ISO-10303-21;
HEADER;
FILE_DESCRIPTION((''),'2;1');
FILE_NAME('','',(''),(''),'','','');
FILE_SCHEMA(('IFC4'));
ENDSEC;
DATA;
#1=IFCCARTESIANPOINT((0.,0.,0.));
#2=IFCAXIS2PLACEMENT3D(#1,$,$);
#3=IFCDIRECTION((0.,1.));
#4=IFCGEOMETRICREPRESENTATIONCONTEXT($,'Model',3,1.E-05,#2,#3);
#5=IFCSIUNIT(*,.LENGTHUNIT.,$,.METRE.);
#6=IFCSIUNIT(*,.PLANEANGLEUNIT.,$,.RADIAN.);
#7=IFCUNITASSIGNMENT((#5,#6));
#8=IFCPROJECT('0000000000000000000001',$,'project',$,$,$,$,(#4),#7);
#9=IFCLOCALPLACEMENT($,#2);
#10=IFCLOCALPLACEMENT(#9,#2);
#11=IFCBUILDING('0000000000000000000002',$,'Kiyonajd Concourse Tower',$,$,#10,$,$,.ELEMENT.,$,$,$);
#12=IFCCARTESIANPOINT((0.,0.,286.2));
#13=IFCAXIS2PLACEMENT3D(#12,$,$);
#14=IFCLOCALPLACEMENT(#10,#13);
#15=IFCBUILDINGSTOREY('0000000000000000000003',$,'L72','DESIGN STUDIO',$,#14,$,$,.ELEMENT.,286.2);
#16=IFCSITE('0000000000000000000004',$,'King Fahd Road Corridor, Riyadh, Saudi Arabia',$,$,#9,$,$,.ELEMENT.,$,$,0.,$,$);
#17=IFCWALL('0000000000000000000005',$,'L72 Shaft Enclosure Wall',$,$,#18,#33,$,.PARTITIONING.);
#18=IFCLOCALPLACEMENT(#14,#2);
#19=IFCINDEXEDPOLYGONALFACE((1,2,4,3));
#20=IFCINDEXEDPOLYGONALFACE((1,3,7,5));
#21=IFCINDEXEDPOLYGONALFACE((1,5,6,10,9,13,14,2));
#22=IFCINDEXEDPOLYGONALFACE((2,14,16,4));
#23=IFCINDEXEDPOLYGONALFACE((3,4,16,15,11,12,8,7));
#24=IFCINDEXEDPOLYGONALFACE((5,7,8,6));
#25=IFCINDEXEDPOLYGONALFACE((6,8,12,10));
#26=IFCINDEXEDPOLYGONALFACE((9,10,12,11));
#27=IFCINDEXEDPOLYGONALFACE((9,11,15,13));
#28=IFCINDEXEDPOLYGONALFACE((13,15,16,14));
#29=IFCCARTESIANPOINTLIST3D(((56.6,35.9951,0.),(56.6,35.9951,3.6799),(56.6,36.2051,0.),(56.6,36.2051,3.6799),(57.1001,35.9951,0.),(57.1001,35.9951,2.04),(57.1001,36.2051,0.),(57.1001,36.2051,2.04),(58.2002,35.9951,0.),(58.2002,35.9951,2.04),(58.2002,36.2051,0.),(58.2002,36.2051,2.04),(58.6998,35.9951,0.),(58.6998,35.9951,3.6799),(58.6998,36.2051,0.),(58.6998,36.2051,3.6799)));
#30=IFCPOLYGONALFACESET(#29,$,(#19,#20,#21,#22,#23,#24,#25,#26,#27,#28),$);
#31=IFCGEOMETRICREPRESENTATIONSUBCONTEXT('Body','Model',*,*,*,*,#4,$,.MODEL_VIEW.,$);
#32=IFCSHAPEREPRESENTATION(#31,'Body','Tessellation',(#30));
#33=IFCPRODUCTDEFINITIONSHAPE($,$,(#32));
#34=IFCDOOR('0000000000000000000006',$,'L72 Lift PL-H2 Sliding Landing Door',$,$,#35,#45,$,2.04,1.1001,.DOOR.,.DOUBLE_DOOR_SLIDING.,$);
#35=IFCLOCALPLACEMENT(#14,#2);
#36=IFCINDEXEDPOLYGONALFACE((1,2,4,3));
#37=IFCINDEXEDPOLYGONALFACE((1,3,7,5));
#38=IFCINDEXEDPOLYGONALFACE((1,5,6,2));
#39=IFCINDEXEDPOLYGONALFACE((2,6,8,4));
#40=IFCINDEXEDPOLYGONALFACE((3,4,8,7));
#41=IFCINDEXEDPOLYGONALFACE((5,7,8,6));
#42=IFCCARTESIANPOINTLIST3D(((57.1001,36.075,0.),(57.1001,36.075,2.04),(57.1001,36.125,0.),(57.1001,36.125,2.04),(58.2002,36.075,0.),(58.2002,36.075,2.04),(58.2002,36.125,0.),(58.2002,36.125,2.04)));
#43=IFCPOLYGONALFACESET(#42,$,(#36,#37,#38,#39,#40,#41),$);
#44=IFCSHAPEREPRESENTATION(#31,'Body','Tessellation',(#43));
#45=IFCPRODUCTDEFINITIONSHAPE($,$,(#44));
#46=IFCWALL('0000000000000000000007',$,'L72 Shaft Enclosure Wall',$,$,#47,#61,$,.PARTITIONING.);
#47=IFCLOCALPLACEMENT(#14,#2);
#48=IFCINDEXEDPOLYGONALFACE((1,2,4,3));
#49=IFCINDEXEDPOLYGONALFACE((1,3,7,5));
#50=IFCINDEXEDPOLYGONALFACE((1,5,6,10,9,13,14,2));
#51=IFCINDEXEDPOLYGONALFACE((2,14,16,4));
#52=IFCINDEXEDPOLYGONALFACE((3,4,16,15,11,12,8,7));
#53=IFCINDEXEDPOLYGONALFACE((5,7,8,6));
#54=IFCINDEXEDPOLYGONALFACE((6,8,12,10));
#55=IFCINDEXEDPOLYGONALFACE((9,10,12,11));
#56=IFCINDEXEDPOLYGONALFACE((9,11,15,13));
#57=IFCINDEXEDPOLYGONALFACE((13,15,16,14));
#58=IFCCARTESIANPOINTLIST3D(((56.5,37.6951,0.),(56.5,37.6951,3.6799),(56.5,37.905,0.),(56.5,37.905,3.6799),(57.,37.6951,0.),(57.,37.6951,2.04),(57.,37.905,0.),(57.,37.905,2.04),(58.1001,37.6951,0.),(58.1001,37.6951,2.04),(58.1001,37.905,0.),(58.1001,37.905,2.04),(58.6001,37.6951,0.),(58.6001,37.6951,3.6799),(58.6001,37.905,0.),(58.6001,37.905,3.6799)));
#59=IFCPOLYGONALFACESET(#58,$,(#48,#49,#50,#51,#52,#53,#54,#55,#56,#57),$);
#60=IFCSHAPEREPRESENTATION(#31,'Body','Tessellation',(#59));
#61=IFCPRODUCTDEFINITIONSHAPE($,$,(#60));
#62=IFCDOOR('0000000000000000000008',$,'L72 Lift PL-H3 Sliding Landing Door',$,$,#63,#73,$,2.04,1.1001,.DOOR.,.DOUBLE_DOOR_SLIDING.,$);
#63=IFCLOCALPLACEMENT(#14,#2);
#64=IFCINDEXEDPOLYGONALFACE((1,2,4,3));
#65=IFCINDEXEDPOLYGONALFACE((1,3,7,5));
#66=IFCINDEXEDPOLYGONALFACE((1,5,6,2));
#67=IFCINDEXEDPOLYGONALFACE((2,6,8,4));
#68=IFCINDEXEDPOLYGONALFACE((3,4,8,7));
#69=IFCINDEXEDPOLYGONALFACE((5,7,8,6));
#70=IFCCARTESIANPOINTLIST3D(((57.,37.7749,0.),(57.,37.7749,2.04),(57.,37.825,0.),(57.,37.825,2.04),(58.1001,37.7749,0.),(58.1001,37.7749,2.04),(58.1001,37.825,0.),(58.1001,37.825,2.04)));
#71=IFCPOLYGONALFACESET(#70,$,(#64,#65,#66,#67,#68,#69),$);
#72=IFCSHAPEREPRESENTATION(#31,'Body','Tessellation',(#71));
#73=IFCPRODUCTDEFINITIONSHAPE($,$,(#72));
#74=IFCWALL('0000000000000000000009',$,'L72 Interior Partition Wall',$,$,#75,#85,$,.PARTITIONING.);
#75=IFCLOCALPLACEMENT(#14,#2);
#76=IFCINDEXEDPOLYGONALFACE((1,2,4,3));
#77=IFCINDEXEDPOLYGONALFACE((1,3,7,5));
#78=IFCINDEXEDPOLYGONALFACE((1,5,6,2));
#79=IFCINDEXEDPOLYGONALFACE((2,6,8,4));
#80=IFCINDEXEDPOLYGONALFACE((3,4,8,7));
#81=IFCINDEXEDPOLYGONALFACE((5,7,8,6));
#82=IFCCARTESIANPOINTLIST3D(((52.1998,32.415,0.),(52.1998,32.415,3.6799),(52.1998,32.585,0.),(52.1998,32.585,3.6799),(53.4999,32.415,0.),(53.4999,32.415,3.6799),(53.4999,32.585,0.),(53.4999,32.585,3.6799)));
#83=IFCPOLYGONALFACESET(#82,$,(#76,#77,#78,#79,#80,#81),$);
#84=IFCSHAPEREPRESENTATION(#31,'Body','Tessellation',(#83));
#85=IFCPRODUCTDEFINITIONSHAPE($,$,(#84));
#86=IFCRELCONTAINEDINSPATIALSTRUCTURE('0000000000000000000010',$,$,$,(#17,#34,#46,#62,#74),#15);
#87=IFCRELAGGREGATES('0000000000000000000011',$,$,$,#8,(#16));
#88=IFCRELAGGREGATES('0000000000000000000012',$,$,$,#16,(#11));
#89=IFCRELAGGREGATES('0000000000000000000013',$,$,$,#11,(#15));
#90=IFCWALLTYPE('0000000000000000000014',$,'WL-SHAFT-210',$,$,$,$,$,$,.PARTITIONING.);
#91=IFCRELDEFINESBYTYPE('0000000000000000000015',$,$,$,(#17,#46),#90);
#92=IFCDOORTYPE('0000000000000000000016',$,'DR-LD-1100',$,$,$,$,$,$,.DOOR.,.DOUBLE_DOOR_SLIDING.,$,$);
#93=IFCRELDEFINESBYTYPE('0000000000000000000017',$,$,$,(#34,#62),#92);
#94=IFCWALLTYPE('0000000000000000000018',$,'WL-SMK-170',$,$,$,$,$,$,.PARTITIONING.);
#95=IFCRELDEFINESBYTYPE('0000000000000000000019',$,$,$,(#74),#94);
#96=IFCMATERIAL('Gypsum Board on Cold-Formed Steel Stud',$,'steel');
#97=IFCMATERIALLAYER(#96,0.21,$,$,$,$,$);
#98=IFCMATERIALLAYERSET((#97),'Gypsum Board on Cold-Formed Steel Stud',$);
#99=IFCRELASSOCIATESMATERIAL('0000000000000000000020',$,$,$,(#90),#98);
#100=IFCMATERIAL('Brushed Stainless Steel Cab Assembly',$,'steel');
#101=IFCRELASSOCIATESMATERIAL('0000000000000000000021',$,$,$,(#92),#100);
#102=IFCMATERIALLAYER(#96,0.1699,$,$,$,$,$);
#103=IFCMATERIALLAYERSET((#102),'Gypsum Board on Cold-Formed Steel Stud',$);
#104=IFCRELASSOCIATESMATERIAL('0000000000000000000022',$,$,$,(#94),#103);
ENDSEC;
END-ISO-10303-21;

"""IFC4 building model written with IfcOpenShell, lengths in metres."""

from ifc_helpers import new_model, si_unit, direction, frame, frame_2d, origin, place, context, subcontext, project, spatial, rectangle, extrude, material, layer, layer_set, type_object, element, fill, save


model = new_model("IFC4")

# Units and contexts
model_context = context("Model", 3, precision=1e-05, world=origin(), true_north=direction((0.0, 1.0)))
body_context = subcontext(model_context, "Body", "Model", "MODEL_VIEW")
ifc_project = project(units=[si_unit("LENGTHUNIT", "METRE"), si_unit("PLANEANGLEUNIT", "RADIAN")], contexts=[model_context])

# Site, building, storey
site_placement = place(None, origin())
site = spatial("IfcSite", under=ifc_project, at=site_placement, Name="King Fahd Road Corridor, Riyadh, Saudi Arabia", CompositionType="ELEMENT", RefElevation=0.0)
building_placement = place(site_placement, origin())
building = spatial("IfcBuilding", under=site, at=building_placement, Name="Kiyonajd Concourse Tower", CompositionType="ELEMENT")
storey_placement = place(building_placement, frame((0.0, 0.0, 286.2)))
storey = spatial("IfcBuildingStorey", under=building, at=storey_placement, Name="L72", Description="DESIGN STUDIO", CompositionType="ELEMENT", Elevation=286.2)

# Shared definitions
ifc_material_1 = material(Name="Gypsum Board on Cold-Formed Steel Stud", Category="steel")
ifc_layer_1 = layer(ifc_material_1, 0.21)
ifc_layer_set_1 = layer_set([ifc_layer_1], Name="Gypsum Board on Cold-Formed Steel Stud")
wall_type_1 = type_object("IfcWallType", Name="WL-SHAFT-210", PredefinedType="PARTITIONING", material=ifc_layer_set_1)
ifc_material_2 = material(Name="Brushed Stainless Steel Cab Assembly", Category="steel")

# Shared definitions
door_type_1 = type_object("IfcDoorType", Name="DR-LD-1100", OperationType="DOUBLE_DOOR_SLIDING", PredefinedType="DOOR", material=ifc_material_2)

# Walls, openings, doors
wall_1_placement = place(storey_placement, frame((56.6001, 36.1001, 0.0), z_axis=(0.0, 0.0, 1.0), x_axis=(1.0, 0.0, 0.0)))
wall_1 = element("IfcWall", 1, at=wall_1_placement, inside=storey, type_object=wall_type_1, Name="L72 Shaft Enclosure Wall", PredefinedType="PARTITIONING", context=body_context, shape_type="SweptSolid", body=[
    extrude(rectangle(XDim=2.0999, YDim=0.21, at=frame_2d((1.0498, 0.0))), origin(), (0.0, 0.0, 1.0), 3.6799),
])
opening_1_placement = place(wall_1_placement, frame((0.5, 0.0, 0.0)))
opening_1 = element("IfcOpeningElement", 2, at=opening_1_placement, cuts=wall_1, PredefinedType="OPENING", context=body_context, shape_type="SweptSolid", body=[
    extrude(rectangle(XDim=1.1001, YDim=2.04, at=frame_2d((0.55, 1.02))), frame((0.0, 0.115, 0.0), z_axis=(0.0, -1.0, 0.0), x_axis=(1.0, 0.0, 0.0)), (0.0, 0.0, 1.0), 0.23),
])
door_1_placement = place(opening_1_placement, origin())
door_1 = element("IfcDoor", 3, at=door_1_placement, inside=storey, type_object=door_type_1, Name="L72 Lift PL-H2 Sliding Landing Door", OperationType="DOUBLE_DOOR_SLIDING", OverallHeight=2.04, OverallWidth=1.1001, PredefinedType="DOOR", context=body_context, shape_type="SweptSolid", body=[
    extrude(rectangle(XDim=1.1001, YDim=2.04, at=frame_2d((0.55, 1.02))), frame((0.0, 0.0249, 0.0), z_axis=(0.0, -1.0, 0.0), x_axis=(1.0, 0.0, 0.0)), (0.0, 0.0, 1.0), 0.05),
])
fill(opening_1, door_1)
wall_2_placement = place(storey_placement, frame((56.5, 37.8, 0.0), z_axis=(0.0, 0.0, 1.0), x_axis=(1.0, 0.0, 0.0)))
wall_2 = element("IfcWall", 4, at=wall_2_placement, inside=storey, type_object=wall_type_1, Name="L72 Shaft Enclosure Wall", PredefinedType="PARTITIONING", context=body_context, shape_type="SweptSolid", body=[
    extrude(rectangle(XDim=2.1001, YDim=0.21, at=frame_2d((1.05, 0.0))), origin(), (0.0, 0.0, 1.0), 3.6799),
])
opening_2_placement = place(wall_2_placement, frame((0.5, 0.0, 0.0)))
opening_2 = element("IfcOpeningElement", 5, at=opening_2_placement, cuts=wall_2, PredefinedType="OPENING", context=body_context, shape_type="SweptSolid", body=[
    extrude(rectangle(XDim=1.1001, YDim=2.04, at=frame_2d((0.55, 1.02))), frame((0.0, 0.115, 0.0), z_axis=(0.0, -1.0, 0.0), x_axis=(1.0, 0.0, 0.0)), (0.0, 0.0, 1.0), 0.23),
])
door_2_placement = place(opening_2_placement, origin())
door_2 = element("IfcDoor", 6, at=door_2_placement, inside=storey, type_object=door_type_1, Name="L72 Lift PL-H3 Sliding Landing Door", OperationType="DOUBLE_DOOR_SLIDING", OverallHeight=2.04, OverallWidth=1.1001, PredefinedType="DOOR", context=body_context, shape_type="SweptSolid", body=[
    extrude(rectangle(XDim=1.1001, YDim=2.04, at=frame_2d((0.55, 1.02))), frame((0.0, 0.0249, 0.0), z_axis=(0.0, -1.0, 0.0), x_axis=(1.0, 0.0, 0.0)), (0.0, 0.0, 1.0), 0.05),
])
fill(opening_2, door_2)

# Wall
ifc_layer_2 = layer(ifc_material_1, 0.1699)
ifc_layer_set_2 = layer_set([ifc_layer_2], Name="Gypsum Board on Cold-Formed Steel Stud")
wall_type_2 = type_object("IfcWallType", Name="WL-SMK-170", PredefinedType="PARTITIONING", material=ifc_layer_set_2)
wall_3_placement = place(storey_placement, frame((52.2, 32.5, 0.0), z_axis=(0.0, 0.0, 1.0), x_axis=(1.0, 0.0, 0.0)))
element("IfcWall", 7, at=wall_3_placement, inside=storey, type_object=wall_type_2, Name="L72 Interior Partition Wall", PredefinedType="PARTITIONING", context=body_context, shape_type="SweptSolid", body=[
    extrude(rectangle(XDim=1.3, YDim=0.1699, at=frame_2d((0.6499, 0.0))), origin(), (0.0, 0.0, 1.0), 3.6799),
])

save(model, "model.ifc")
